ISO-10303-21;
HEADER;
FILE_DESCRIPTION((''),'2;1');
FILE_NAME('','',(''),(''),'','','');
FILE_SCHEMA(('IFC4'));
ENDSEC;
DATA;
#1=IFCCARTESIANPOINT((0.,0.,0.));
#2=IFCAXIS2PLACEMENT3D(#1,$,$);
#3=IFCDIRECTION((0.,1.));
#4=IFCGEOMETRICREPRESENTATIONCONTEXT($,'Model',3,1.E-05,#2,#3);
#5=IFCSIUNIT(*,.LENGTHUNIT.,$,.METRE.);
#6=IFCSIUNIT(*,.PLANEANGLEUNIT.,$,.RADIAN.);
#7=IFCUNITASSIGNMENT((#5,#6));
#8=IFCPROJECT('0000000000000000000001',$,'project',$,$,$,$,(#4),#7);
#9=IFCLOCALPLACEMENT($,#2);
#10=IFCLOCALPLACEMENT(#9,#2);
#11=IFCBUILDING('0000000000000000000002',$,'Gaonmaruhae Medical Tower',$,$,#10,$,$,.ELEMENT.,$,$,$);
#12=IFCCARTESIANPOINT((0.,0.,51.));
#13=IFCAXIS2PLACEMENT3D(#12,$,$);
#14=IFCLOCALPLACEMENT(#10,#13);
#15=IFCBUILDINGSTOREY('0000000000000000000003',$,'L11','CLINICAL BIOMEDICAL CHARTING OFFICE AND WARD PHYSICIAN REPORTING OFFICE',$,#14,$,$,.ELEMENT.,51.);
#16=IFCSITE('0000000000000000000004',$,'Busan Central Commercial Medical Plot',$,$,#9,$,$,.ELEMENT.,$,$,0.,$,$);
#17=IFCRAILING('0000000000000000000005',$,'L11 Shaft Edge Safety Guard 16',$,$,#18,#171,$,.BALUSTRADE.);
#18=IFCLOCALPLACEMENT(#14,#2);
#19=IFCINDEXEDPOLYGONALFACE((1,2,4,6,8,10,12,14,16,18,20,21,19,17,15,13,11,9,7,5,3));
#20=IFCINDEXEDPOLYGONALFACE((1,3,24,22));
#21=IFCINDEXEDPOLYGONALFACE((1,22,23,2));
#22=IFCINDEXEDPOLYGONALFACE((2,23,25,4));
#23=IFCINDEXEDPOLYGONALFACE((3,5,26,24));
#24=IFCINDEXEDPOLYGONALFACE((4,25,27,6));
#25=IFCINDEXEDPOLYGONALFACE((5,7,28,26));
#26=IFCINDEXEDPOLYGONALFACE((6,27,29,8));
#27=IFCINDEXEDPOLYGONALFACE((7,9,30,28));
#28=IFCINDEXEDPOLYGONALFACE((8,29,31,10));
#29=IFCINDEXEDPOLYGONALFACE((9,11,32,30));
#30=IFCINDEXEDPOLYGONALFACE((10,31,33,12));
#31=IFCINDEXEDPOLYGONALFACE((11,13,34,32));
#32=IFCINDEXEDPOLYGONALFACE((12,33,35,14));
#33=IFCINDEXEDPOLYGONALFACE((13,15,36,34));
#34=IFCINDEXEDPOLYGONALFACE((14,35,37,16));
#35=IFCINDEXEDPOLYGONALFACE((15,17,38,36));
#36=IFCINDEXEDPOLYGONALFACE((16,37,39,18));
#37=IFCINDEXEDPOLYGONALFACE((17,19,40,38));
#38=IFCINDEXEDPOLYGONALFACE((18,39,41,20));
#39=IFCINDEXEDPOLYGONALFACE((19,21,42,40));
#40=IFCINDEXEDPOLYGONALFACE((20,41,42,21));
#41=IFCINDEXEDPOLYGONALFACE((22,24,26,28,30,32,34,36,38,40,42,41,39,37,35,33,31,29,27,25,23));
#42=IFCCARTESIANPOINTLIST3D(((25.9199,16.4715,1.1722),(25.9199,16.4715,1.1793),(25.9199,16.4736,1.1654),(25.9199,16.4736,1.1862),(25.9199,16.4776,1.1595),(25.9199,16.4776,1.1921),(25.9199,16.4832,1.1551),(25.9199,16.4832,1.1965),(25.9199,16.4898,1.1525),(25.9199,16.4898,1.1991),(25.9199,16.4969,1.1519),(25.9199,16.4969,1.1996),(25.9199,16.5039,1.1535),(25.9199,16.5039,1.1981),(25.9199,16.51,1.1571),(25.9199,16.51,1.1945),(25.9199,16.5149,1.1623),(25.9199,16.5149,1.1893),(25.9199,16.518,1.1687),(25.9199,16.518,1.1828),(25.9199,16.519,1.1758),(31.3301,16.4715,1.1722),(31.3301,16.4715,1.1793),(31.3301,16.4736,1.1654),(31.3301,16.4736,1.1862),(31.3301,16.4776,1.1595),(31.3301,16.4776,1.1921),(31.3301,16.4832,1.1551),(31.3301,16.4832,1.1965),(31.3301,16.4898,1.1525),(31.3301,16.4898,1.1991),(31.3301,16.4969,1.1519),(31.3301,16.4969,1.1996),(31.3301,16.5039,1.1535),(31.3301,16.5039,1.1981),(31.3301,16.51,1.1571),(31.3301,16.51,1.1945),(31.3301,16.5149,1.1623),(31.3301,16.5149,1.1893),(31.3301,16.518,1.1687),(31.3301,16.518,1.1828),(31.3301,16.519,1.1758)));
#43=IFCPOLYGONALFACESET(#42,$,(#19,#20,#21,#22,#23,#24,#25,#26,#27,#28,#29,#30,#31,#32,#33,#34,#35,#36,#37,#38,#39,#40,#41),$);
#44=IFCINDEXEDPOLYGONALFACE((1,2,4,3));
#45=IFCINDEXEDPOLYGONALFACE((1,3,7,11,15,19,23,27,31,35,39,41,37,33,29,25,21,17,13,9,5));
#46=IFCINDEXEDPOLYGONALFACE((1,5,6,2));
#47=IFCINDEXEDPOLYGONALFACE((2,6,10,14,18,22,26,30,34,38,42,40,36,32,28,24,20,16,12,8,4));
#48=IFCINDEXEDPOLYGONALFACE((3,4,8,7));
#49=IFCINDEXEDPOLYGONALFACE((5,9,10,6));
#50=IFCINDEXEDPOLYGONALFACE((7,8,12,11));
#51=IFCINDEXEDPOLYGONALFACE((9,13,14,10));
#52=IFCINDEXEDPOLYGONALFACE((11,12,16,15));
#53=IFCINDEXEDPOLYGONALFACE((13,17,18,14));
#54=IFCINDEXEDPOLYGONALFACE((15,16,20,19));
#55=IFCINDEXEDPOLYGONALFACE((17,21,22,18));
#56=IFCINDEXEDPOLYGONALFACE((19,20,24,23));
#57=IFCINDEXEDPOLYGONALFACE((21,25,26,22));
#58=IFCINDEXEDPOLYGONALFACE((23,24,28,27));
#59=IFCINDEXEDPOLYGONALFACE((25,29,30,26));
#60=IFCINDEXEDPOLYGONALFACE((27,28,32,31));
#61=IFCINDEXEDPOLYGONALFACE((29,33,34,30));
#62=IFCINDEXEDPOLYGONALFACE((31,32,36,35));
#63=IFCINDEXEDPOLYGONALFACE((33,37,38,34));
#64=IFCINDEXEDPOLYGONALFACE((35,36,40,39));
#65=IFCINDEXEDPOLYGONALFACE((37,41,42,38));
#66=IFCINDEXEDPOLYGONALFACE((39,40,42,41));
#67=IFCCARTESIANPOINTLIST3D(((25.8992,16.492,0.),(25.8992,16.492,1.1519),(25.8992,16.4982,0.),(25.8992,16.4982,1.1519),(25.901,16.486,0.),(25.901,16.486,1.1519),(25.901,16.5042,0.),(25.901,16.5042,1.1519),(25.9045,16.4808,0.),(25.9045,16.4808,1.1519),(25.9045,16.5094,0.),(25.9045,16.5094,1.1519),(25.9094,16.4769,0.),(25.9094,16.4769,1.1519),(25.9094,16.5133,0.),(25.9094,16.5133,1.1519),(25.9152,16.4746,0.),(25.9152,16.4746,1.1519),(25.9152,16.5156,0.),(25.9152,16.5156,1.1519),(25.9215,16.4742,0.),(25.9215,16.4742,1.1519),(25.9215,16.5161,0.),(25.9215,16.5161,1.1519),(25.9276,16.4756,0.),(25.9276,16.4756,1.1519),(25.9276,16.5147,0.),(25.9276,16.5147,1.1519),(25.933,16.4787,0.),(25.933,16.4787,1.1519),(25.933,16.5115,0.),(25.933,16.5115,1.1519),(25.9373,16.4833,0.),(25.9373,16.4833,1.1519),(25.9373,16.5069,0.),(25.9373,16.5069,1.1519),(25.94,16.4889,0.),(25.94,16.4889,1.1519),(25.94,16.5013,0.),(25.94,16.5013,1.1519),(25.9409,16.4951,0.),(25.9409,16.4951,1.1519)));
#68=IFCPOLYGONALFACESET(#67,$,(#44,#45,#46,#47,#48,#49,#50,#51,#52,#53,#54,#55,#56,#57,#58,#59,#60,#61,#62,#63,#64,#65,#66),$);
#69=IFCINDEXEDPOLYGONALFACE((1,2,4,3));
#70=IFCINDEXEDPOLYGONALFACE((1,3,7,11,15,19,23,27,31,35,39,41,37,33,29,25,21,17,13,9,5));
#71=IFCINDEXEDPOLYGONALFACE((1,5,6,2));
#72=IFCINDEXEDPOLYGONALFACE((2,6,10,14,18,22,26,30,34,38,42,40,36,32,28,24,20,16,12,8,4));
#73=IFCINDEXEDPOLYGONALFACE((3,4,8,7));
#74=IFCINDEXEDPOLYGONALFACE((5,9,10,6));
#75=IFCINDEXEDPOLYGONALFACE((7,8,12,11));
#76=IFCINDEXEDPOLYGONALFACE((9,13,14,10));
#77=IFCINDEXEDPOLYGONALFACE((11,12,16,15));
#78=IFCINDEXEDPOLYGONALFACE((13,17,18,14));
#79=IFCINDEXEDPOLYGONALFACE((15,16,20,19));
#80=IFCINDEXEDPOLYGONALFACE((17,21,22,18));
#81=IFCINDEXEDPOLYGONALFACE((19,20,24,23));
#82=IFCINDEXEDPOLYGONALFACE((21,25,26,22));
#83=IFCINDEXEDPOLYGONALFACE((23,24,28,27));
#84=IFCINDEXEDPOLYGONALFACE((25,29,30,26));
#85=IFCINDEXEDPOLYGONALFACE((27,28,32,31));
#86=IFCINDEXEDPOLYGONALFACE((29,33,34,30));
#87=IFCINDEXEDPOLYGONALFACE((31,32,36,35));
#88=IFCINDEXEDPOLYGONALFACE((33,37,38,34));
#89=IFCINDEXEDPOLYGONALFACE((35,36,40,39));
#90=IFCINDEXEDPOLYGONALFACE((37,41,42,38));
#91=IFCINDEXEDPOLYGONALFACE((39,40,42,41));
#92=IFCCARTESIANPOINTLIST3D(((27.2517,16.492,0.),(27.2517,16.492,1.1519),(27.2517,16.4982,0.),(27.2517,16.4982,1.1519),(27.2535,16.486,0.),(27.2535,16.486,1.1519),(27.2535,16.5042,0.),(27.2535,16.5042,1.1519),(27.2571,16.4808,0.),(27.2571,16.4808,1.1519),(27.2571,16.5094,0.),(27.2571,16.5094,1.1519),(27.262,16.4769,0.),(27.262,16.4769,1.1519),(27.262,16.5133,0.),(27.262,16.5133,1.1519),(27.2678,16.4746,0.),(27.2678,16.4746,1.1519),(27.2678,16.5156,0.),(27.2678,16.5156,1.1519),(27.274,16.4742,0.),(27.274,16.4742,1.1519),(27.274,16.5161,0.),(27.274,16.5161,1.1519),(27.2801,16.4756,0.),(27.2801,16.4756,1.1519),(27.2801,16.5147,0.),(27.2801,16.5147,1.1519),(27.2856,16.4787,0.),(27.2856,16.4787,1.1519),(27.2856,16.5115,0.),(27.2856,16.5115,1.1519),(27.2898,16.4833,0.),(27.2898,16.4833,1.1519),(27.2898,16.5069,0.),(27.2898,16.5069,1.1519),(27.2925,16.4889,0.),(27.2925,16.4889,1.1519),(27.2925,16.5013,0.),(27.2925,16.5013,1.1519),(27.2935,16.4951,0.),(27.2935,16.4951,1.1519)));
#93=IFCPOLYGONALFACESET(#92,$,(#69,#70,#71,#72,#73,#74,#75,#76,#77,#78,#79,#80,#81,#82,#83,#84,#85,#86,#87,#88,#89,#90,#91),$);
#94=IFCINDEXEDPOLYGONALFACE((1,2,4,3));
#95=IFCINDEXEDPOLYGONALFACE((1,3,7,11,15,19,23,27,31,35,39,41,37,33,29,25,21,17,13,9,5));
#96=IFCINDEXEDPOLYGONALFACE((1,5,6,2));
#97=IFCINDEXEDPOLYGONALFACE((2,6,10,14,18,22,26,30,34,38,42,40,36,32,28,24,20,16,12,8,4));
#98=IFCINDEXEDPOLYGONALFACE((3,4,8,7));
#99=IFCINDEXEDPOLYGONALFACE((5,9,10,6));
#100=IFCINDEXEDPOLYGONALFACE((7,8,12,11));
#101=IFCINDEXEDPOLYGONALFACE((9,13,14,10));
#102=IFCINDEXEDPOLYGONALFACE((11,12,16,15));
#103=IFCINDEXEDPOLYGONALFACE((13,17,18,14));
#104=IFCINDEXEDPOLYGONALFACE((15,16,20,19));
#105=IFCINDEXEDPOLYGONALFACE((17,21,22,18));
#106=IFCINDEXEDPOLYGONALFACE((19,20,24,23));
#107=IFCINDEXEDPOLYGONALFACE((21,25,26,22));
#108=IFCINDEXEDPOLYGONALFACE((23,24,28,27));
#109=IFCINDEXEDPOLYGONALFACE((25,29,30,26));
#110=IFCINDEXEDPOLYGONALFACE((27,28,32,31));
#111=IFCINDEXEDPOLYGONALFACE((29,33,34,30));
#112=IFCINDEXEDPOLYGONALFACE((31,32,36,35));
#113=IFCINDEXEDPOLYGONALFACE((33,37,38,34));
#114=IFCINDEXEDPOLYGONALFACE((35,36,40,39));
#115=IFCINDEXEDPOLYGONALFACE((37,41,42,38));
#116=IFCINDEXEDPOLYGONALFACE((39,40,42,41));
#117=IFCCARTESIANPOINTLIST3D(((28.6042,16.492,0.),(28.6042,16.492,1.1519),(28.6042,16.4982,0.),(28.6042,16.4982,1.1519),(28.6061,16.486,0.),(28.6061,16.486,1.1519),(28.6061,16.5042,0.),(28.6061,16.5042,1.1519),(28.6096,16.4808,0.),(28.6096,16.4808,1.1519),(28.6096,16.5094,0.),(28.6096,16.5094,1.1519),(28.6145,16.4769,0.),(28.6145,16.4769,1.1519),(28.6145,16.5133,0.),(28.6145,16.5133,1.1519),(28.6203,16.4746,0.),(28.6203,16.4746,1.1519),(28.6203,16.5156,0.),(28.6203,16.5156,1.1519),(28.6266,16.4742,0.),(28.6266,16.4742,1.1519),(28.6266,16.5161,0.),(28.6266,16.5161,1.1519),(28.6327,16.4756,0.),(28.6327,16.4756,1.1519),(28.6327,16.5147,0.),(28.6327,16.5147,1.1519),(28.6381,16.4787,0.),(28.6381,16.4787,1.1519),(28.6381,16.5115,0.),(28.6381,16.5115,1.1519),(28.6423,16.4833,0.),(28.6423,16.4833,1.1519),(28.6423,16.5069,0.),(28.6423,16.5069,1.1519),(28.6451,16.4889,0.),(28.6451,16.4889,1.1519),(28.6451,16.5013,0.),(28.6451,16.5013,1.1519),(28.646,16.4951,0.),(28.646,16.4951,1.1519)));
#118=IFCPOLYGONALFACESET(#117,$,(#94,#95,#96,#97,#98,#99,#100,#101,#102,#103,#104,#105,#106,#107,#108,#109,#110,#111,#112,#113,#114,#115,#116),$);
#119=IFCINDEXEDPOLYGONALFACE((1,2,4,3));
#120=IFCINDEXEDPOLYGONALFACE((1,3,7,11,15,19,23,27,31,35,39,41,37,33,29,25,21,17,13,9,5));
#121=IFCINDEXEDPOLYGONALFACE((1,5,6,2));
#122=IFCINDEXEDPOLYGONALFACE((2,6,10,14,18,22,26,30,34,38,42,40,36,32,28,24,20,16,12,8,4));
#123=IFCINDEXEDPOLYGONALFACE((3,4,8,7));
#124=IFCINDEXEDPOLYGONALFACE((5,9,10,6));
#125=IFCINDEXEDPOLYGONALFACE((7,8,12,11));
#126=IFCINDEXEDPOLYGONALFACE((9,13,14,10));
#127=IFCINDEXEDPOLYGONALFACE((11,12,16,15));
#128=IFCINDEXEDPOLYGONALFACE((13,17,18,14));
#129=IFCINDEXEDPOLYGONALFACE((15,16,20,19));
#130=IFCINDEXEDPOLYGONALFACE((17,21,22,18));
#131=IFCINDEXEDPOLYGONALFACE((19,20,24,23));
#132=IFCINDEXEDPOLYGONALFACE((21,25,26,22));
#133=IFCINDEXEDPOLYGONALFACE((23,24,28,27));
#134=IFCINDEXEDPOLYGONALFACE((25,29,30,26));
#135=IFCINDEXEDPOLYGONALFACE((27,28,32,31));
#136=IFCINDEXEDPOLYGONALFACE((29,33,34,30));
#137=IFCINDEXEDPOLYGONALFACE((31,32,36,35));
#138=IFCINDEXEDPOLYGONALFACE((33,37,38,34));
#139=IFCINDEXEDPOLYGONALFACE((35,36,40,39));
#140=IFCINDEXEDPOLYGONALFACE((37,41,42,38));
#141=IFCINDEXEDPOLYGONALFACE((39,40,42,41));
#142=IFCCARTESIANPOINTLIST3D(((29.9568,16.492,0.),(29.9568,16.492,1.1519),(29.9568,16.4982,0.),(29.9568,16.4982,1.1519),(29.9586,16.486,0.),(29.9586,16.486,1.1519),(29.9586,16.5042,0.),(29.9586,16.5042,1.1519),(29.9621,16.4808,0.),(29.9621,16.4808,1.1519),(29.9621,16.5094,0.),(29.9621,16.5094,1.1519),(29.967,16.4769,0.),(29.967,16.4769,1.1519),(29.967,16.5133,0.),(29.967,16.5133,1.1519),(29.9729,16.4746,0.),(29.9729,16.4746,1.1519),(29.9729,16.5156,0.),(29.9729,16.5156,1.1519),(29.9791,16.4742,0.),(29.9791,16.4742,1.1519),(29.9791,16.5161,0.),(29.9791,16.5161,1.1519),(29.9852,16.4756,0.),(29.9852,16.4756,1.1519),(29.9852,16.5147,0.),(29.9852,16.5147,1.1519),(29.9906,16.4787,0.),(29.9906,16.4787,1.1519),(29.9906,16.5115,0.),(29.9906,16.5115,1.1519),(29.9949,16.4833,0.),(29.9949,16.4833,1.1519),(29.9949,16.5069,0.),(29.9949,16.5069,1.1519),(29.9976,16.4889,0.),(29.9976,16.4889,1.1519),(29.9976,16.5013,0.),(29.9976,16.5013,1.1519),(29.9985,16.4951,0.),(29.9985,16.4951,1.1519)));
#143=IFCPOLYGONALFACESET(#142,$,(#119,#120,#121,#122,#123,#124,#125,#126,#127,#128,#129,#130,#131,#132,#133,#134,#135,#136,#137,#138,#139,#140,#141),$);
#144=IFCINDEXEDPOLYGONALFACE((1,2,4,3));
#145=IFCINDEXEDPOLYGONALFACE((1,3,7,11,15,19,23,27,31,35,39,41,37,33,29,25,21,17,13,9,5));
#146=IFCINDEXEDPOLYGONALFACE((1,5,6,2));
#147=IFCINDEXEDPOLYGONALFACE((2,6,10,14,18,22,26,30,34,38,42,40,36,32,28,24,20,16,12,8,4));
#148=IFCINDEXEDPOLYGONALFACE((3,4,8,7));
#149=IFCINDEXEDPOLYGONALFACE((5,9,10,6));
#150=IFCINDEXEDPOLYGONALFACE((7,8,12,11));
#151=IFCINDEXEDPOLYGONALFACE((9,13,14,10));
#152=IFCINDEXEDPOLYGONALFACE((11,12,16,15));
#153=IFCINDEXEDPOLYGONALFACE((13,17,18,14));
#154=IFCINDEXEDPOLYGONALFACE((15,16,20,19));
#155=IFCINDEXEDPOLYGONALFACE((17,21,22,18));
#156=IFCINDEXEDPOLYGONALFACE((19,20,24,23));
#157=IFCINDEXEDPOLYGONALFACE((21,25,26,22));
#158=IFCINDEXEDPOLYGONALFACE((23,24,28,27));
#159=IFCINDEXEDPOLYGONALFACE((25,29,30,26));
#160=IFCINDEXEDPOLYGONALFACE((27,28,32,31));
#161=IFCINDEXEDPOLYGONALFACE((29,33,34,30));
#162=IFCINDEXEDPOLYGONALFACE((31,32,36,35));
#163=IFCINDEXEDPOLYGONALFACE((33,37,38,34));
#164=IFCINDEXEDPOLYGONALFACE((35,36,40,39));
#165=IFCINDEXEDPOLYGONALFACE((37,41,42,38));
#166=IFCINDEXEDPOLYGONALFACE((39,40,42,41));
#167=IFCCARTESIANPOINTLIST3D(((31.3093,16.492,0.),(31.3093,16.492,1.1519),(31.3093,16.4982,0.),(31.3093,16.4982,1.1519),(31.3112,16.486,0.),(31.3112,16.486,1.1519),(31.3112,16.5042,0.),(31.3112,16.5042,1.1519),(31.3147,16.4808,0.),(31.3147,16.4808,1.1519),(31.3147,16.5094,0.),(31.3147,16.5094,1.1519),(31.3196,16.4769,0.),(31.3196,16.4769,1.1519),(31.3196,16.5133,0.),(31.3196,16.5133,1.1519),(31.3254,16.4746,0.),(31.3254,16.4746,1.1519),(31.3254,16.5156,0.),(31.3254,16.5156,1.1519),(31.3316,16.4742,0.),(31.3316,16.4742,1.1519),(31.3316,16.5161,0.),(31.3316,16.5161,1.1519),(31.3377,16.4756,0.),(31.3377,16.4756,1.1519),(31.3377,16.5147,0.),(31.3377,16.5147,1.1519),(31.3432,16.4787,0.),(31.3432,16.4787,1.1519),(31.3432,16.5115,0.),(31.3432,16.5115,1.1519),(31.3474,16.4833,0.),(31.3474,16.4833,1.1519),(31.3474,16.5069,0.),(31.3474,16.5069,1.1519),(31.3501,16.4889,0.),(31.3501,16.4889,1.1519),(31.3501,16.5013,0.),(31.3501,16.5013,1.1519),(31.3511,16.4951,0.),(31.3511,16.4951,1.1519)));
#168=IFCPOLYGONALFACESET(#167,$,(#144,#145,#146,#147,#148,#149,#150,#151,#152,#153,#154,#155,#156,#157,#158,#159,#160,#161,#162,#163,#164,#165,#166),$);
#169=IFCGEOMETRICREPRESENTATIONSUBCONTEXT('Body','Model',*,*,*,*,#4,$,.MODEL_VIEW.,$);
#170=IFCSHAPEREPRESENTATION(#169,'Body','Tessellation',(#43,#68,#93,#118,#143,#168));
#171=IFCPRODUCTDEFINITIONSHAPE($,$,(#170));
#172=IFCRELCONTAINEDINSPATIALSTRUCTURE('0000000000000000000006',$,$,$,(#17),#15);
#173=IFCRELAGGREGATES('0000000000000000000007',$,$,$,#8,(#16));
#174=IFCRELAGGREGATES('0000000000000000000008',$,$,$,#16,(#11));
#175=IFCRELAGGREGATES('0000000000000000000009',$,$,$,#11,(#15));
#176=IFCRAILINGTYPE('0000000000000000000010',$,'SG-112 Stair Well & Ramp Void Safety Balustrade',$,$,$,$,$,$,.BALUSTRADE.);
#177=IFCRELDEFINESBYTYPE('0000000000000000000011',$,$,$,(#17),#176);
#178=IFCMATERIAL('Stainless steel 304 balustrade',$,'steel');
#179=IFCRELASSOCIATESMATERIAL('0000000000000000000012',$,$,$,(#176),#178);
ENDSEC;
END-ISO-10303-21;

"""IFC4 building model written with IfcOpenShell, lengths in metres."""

from ifc_helpers import new_model, si_unit, direction, frame, origin, origin_2d, place, context, subcontext, project, spatial, circle, extrude, material, type_object, element, save


model = new_model("IFC4")

# Units and contexts
model_context = context("Model", 3, precision=1e-05, world=origin(), true_north=direction((0.0, 1.0)))
body_context = subcontext(model_context, "Body", "Model", "MODEL_VIEW")
ifc_project = project(units=[si_unit("LENGTHUNIT", "METRE"), si_unit("PLANEANGLEUNIT", "RADIAN")], contexts=[model_context])

# Site, building, storey
site_placement = place(None, origin())
site = spatial("IfcSite", under=ifc_project, at=site_placement, Name="Busan Central Commercial Medical Plot", CompositionType="ELEMENT", RefElevation=0.0)
building_placement = place(site_placement, origin())
building = spatial("IfcBuilding", under=site, at=building_placement, Name="Gaonmaruhae Medical Tower", CompositionType="ELEMENT")
storey_placement = place(building_placement, frame((0.0, 0.0, 51.0)))
storey = spatial("IfcBuildingStorey", under=building, at=storey_placement, Name="L11", Description="CLINICAL BIOMEDICAL CHARTING OFFICE AND WARD PHYSICIAN REPORTING OFFICE", CompositionType="ELEMENT", Elevation=51.0)

# Railing
ifc_material_1 = material(Name="Stainless steel 304 balustrade", Category="steel")
railing_type = type_object("IfcRailingType", Name="SG-112 Stair Well & Ramp Void Safety Balustrade", PredefinedType="BALUSTRADE", material=ifc_material_1)
railing_1_placement = place(storey_placement, frame((25.9199, 16.4951, 0.0)))
element("IfcRailing", 1, at=railing_1_placement, inside=storey, type_object=railing_type, Name="L11 Shaft Edge Safety Guard 16", PredefinedType="BALUSTRADE", context=body_context, shape_type="SweptSolid", body=[
    extrude(circle(Radius=0.0239, at=origin_2d()), frame((0.0, 0.0, 1.1758), z_axis=(1.0, 0.0, 0.0), x_axis=(0.0, 1.0, 0.0)), (0.0, 0.0, 1.0), 5.4102),
    extrude(circle(Radius=0.021, at=origin_2d()), origin(), (0.0, 0.0, 1.0), 1.1519),
    extrude(circle(Radius=0.021, at=origin_2d()), frame((1.3525, 0.0, 0.0)), (0.0, 0.0, 1.0), 1.1519),
    extrude(circle(Radius=0.021, at=origin_2d()), frame((2.7051, 0.0, 0.0)), (0.0, 0.0, 1.0), 1.1519),
    extrude(circle(Radius=0.021, at=origin_2d()), frame((4.0576, 0.0, 0.0)), (0.0, 0.0, 1.0), 1.1519),
    extrude(circle(Radius=0.021, at=origin_2d()), frame((5.4102, 0.0, 0.0)), (0.0, 0.0, 1.0), 1.1519),
])

save(model, "model.ifc")
